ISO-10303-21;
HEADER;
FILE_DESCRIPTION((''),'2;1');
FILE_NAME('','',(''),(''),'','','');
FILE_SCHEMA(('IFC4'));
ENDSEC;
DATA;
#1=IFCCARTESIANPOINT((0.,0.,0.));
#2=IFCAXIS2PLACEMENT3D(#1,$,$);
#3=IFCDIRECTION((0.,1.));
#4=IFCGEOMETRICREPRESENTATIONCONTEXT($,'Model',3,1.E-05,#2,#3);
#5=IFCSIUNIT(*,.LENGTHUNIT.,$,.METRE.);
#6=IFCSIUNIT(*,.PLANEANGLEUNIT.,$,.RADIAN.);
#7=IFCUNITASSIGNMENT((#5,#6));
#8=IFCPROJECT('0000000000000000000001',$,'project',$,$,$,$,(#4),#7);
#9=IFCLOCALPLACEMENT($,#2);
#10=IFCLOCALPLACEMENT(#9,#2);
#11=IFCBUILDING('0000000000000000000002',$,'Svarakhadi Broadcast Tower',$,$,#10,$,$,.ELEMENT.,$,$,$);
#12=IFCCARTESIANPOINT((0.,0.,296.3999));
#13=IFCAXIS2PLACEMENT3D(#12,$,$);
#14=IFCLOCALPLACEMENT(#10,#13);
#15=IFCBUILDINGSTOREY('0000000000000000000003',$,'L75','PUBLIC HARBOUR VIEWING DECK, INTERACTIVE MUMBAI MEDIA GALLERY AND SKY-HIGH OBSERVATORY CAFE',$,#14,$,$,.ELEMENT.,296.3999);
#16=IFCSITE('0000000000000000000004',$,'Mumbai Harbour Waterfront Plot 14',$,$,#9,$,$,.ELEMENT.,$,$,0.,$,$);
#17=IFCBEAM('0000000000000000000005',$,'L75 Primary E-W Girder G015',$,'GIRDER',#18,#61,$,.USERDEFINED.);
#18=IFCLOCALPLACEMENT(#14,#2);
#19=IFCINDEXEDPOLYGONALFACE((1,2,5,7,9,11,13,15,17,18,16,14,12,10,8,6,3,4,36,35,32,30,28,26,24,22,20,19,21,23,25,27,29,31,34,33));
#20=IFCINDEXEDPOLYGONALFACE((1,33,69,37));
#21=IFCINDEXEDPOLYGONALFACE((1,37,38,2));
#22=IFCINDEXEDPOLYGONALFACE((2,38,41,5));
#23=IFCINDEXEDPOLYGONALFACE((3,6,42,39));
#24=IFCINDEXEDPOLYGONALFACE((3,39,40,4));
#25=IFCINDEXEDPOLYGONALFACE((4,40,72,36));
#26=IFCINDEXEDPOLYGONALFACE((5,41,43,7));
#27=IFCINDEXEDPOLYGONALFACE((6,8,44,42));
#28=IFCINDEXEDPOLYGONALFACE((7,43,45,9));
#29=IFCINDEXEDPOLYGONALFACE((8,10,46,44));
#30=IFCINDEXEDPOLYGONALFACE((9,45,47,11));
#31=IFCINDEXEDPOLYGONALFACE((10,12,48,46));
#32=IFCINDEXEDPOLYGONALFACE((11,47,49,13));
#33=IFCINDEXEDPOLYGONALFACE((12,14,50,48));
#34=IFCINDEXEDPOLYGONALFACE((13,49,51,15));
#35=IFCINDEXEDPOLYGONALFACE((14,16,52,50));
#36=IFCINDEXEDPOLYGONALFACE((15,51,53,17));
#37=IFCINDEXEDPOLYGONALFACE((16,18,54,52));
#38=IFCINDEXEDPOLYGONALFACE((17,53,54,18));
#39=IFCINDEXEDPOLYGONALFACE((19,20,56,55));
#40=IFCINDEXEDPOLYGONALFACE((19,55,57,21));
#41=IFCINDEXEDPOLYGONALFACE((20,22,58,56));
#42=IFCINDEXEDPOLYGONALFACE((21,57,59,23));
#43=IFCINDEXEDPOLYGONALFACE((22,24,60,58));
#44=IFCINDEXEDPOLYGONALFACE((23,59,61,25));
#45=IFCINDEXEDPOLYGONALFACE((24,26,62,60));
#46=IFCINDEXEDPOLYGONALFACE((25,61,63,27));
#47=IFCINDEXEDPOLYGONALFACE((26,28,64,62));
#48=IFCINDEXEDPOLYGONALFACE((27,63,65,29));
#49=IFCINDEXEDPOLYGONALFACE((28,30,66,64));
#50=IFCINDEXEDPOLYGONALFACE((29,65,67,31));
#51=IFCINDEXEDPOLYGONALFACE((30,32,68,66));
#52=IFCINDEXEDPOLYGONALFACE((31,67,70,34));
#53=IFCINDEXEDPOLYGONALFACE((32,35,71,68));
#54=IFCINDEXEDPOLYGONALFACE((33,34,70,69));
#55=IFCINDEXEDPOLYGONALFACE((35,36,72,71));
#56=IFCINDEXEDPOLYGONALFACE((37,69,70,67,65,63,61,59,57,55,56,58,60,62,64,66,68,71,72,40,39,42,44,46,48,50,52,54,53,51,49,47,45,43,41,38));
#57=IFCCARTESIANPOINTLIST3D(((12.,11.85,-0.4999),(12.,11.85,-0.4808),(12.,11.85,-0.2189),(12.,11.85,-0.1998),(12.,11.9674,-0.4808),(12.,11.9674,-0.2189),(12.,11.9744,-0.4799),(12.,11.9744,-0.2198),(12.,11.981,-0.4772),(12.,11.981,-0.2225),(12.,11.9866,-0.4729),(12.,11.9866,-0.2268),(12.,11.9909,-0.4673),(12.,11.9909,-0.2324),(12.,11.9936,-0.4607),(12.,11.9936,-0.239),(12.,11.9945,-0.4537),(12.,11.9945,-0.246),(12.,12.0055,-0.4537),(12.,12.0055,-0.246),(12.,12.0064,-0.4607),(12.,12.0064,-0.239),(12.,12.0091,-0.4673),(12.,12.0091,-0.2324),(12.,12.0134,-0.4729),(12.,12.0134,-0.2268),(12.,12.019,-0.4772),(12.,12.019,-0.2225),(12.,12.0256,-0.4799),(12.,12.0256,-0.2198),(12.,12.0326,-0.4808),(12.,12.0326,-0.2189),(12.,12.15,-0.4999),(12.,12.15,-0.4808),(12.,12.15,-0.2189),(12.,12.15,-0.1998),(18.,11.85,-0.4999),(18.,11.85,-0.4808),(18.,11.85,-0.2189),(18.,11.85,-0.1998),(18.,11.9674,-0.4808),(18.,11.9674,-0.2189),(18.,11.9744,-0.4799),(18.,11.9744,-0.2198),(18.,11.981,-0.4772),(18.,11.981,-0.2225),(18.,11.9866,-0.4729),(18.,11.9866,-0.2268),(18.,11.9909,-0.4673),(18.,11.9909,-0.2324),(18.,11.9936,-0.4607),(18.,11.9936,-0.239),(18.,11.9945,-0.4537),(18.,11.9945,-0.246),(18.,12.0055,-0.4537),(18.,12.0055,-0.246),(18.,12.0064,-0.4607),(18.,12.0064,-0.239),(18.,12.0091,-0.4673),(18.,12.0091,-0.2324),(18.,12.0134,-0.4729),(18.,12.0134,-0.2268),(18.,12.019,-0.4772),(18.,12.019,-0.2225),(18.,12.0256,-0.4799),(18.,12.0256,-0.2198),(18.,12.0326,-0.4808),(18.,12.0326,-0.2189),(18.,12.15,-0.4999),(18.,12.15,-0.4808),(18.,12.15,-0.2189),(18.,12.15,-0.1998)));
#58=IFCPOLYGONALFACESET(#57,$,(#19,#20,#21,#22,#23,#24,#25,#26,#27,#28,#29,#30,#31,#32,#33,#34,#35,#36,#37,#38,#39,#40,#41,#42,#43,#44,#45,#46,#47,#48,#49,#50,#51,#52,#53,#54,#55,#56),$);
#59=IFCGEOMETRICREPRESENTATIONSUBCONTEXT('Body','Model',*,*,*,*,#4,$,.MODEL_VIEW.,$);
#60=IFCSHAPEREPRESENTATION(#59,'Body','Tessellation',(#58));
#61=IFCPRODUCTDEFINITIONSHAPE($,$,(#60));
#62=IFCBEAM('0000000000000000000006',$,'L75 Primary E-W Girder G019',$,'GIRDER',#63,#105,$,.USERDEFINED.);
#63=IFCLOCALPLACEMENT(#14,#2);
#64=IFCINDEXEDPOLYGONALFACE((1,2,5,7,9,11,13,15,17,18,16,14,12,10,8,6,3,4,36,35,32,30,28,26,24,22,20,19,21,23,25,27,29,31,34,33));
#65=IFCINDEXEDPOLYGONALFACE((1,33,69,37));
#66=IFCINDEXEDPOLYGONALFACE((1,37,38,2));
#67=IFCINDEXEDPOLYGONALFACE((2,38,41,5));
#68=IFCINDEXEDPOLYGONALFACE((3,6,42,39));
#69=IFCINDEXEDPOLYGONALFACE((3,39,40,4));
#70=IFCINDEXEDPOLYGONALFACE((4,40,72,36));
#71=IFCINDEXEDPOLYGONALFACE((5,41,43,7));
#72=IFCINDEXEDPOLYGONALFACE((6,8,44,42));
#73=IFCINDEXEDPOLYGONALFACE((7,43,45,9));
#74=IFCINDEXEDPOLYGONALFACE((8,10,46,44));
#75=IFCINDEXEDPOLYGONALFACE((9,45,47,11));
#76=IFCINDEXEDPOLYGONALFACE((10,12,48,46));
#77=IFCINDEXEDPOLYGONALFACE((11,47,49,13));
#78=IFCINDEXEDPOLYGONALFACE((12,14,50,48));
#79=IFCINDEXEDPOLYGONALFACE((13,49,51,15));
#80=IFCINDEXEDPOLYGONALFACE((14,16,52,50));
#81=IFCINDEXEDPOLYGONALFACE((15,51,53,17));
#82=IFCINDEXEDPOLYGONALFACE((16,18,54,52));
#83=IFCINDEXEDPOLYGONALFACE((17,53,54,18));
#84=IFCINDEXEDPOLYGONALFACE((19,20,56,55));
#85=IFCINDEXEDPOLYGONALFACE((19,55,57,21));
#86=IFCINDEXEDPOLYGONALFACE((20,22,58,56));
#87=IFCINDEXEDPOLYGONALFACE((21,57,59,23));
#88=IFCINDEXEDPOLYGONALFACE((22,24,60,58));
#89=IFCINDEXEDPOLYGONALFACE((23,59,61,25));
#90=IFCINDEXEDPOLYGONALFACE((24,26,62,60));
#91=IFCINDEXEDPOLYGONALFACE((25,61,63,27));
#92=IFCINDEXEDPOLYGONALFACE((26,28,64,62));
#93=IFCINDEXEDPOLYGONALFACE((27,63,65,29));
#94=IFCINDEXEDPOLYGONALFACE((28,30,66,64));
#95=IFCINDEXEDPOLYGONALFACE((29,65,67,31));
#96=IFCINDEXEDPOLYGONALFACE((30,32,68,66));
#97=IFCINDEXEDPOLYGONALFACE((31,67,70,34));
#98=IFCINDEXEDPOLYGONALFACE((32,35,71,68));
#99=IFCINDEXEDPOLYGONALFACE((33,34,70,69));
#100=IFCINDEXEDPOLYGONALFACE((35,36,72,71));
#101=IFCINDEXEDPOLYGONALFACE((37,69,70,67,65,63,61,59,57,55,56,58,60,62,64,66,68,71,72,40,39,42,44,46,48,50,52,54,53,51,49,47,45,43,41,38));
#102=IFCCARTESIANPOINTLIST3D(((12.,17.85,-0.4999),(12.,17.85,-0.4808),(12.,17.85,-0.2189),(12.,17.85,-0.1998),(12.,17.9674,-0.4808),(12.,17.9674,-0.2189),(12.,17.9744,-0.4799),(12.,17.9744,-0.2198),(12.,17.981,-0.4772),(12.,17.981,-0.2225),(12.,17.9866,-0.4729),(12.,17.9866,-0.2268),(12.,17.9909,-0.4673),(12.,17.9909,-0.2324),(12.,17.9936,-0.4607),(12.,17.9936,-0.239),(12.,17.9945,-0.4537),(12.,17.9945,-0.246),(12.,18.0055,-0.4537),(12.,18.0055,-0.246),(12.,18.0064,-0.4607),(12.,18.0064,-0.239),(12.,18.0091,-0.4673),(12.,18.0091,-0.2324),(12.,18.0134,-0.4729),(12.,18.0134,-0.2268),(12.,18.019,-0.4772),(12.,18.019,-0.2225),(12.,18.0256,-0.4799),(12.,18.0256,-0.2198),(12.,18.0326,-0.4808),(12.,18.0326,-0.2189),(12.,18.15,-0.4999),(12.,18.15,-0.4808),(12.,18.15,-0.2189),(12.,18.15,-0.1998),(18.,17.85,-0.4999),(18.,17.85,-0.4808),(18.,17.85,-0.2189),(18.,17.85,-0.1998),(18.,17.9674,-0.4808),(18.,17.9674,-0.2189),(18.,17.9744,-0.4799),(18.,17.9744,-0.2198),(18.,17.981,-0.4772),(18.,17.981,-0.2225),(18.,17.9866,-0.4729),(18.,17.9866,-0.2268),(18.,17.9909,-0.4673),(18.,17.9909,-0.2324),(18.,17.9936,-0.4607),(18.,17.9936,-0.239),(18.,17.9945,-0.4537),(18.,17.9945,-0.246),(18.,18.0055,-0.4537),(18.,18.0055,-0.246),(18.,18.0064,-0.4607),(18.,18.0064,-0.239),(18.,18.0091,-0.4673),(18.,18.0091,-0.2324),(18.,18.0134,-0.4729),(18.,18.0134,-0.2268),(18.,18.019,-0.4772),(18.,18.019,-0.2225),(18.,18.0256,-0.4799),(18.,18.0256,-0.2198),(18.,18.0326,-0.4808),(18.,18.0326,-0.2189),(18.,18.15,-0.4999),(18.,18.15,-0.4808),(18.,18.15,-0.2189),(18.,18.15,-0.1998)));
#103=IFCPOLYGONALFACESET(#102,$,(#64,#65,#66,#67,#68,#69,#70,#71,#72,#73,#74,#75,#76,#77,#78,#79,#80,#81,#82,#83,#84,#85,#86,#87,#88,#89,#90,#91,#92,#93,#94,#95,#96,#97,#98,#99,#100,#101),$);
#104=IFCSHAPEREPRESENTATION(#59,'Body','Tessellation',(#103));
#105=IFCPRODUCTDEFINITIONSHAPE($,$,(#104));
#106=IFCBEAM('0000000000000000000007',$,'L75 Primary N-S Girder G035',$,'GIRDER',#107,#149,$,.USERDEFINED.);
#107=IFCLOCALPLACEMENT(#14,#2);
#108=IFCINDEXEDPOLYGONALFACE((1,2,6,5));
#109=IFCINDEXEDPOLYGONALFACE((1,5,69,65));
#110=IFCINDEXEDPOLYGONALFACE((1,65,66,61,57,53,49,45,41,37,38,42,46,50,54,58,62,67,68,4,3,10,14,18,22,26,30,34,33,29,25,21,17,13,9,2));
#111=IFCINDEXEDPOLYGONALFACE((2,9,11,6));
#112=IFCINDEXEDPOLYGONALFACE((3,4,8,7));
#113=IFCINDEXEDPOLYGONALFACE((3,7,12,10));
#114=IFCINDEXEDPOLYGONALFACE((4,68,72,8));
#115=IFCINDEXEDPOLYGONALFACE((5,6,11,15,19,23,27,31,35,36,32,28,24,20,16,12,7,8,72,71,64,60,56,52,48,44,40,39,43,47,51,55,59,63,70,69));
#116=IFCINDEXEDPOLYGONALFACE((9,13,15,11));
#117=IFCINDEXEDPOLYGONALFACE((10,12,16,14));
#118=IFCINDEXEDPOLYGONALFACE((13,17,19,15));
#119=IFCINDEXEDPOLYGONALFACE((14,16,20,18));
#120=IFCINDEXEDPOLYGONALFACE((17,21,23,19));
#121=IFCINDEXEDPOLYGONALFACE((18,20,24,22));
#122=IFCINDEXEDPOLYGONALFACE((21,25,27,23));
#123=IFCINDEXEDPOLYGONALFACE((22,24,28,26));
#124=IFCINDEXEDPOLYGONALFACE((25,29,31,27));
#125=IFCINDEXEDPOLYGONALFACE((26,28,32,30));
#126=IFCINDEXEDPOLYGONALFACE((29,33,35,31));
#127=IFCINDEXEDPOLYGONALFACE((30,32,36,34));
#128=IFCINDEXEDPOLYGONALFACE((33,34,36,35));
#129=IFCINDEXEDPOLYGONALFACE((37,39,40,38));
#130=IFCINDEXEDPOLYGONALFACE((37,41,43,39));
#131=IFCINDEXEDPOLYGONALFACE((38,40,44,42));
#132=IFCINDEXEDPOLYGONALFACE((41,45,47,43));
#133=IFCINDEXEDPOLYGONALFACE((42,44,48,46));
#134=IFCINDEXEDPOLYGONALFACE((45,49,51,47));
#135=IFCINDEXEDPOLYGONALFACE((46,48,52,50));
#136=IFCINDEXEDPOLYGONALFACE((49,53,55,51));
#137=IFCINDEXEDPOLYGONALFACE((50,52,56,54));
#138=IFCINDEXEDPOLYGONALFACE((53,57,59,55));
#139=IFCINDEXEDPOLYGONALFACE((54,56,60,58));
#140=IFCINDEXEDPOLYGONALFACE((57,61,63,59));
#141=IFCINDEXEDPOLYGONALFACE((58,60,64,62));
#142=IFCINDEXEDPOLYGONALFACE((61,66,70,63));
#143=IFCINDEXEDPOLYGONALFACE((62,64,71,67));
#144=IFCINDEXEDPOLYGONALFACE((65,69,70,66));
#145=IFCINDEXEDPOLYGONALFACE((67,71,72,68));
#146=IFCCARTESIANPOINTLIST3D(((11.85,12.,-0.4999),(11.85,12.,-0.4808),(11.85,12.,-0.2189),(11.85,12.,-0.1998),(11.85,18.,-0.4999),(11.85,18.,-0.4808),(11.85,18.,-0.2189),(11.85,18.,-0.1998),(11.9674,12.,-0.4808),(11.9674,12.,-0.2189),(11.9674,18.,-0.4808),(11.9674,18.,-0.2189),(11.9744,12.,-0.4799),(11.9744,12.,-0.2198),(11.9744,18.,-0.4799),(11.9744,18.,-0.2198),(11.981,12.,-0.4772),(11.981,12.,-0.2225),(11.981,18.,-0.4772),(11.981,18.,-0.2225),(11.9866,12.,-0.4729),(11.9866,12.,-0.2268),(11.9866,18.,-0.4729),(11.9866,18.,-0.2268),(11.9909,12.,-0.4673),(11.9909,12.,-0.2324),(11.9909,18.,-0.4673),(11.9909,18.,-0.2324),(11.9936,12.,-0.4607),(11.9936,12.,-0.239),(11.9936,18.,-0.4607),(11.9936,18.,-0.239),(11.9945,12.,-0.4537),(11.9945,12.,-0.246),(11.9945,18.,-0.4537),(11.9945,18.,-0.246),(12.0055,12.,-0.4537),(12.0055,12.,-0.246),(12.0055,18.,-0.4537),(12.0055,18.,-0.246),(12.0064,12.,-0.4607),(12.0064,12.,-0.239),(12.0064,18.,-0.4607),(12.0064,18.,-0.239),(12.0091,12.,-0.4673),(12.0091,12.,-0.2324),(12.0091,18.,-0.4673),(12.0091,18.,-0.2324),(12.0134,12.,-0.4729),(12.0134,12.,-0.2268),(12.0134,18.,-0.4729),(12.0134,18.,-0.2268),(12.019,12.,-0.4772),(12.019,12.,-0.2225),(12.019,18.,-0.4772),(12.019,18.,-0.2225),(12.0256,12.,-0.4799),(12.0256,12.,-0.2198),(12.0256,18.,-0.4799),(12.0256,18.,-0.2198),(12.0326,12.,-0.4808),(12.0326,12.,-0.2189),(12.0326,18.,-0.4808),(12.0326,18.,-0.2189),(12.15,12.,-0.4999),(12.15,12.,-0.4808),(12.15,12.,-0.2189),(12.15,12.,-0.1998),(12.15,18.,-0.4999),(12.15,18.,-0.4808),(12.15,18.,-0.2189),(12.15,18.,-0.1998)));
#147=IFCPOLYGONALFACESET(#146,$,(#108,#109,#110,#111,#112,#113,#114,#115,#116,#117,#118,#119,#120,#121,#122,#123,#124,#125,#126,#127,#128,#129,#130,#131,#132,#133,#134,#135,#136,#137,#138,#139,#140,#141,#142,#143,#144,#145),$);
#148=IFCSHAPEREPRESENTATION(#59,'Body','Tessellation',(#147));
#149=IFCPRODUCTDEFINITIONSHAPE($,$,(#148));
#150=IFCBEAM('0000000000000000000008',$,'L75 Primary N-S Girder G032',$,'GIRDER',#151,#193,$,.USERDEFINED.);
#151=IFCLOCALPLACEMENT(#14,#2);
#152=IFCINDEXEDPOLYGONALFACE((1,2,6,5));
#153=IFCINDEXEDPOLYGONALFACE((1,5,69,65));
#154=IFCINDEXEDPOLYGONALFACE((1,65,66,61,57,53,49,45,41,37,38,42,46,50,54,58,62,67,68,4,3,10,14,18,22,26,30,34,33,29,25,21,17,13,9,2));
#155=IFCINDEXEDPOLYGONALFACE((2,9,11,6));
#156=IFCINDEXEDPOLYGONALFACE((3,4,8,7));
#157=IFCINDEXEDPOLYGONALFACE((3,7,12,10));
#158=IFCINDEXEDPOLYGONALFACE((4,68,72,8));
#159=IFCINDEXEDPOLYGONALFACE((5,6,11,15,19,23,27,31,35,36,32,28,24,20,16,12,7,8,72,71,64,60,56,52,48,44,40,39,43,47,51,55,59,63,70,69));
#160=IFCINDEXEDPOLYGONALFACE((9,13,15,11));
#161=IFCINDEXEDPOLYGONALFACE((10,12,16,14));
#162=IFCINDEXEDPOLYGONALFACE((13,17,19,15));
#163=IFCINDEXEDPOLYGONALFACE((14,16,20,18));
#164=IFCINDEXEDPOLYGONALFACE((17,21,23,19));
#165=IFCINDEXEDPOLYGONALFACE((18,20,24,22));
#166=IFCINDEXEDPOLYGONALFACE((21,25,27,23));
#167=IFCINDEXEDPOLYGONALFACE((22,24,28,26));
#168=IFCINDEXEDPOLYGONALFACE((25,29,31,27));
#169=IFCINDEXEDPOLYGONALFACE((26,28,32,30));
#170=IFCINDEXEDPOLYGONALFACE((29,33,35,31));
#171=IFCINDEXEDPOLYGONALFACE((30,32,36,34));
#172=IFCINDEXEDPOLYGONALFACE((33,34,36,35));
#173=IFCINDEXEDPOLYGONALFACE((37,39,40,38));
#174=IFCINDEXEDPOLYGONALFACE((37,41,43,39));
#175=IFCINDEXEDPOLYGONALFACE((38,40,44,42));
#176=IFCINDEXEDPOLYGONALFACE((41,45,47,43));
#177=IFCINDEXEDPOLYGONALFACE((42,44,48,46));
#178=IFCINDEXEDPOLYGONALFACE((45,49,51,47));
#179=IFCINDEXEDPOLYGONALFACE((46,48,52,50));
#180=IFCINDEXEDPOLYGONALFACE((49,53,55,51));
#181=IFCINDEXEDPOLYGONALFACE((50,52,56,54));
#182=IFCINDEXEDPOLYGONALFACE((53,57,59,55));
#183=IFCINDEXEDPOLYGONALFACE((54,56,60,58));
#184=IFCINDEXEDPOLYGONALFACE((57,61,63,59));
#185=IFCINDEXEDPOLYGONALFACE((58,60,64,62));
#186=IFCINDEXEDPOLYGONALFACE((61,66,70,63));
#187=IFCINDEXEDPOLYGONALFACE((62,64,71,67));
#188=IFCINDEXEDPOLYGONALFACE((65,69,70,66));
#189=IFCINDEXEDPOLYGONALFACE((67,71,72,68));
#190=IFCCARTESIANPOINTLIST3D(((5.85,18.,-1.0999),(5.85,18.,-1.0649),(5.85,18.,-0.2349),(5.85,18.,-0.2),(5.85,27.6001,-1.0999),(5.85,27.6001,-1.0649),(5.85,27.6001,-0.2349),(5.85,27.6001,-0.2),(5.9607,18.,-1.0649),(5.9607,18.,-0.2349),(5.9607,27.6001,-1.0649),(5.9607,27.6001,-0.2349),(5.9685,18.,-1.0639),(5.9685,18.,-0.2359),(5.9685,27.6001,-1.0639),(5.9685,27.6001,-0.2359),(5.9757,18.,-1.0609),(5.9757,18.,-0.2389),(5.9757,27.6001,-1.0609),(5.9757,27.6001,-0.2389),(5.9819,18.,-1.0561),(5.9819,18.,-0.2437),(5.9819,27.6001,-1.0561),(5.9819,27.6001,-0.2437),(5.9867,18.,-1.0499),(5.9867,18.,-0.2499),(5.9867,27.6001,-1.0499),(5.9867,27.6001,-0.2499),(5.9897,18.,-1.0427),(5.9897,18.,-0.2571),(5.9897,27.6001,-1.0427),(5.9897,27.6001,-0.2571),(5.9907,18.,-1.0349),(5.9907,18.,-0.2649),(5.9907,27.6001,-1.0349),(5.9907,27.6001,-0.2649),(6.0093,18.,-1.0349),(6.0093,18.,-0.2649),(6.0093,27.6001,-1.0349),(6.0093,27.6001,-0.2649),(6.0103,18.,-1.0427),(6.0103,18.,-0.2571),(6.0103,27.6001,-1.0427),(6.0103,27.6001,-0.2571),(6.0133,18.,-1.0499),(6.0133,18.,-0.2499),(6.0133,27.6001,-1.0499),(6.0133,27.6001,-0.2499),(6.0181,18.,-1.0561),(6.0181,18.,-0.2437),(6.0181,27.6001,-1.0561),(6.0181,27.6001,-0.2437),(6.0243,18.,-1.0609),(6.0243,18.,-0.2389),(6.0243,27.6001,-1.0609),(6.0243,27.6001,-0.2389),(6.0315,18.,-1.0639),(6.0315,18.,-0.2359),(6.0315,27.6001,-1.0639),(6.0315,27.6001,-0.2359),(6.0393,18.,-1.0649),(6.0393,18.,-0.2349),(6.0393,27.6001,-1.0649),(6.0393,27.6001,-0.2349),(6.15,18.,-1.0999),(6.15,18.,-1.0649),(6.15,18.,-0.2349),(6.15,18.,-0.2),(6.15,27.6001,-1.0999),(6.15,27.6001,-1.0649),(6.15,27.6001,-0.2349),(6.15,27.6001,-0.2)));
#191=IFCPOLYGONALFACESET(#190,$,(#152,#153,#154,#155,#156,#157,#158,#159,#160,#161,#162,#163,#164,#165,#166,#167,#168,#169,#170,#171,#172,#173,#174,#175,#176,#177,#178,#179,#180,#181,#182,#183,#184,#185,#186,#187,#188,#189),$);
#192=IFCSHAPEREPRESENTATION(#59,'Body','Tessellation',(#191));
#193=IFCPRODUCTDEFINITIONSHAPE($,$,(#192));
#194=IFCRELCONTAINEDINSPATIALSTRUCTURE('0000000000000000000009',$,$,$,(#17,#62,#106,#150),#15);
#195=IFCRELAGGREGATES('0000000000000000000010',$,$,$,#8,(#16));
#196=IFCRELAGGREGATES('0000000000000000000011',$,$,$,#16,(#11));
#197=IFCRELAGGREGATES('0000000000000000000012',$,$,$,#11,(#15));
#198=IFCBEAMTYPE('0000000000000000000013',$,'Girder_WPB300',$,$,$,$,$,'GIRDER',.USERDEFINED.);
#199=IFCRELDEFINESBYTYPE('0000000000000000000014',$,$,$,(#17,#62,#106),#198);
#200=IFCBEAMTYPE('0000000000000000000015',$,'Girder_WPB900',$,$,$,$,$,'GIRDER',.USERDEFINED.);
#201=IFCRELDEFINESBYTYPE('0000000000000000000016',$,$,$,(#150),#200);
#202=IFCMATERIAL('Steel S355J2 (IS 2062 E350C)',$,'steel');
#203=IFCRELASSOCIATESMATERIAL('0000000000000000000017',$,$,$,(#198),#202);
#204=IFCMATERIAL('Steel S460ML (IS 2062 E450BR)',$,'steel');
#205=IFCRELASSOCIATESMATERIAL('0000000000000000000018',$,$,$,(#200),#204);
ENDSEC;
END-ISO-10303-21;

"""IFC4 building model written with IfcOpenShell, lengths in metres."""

from ifc_helpers import new_model, si_unit, direction, frame, origin, origin_2d, place, context, subcontext, project, spatial, i_section, extrude, material, material_profile, profile_set, type_object, element, save


model = new_model("IFC4")

# Units and contexts
model_context = context("Model", 3, precision=1e-05, world=origin(), true_north=direction((0.0, 1.0)))
body_context = subcontext(model_context, "Body", "Model", "MODEL_VIEW")
ifc_project = project(units=[si_unit("LENGTHUNIT", "METRE"), si_unit("PLANEANGLEUNIT", "RADIAN")], contexts=[model_context])

# Site, building, storey
site_placement = place(None, origin())
site = spatial("IfcSite", under=ifc_project, at=site_placement, Name="Mumbai Harbour Waterfront Plot 14", CompositionType="ELEMENT", RefElevation=0.0)
building_placement = place(site_placement, origin())
building = spatial("IfcBuilding", under=site, at=building_placement, Name="Svarakhadi Broadcast Tower", CompositionType="ELEMENT")
storey_placement = place(building_placement, frame((0.0, 0.0, 296.3999)))
storey = spatial("IfcBuildingStorey", under=building, at=storey_placement, Name="L75", Description="PUBLIC HARBOUR VIEWING DECK, INTERACTIVE MUMBAI MEDIA GALLERY AND SKY-HIGH OBSERVATORY CAFE", CompositionType="ELEMENT", Elevation=296.3999)

# Shared definitions
ifc_material_1 = material(Name="Steel S460ML (IS 2062 E450BR)", Category="steel")

# Beams
ifc_material_2 = material(Name="Steel S355J2 (IS 2062 E350C)", Category="steel")
ifc_material_profile_1 = material_profile(ifc_material_2, i_section(OverallWidth=0.3, OverallDepth=0.3, WebThickness=0.011, FlangeThickness=0.019, FilletRadius=0.0271, at=origin_2d()), Name="WPB 300x300x117")
ifc_profile_set_1 = profile_set([ifc_material_profile_1], Name="Steel S355J2 (IS 2062 E350C)")
beam_type_1 = type_object("IfcBeamType", Name="Girder_WPB300", ElementType="GIRDER", PredefinedType="USERDEFINED", material=ifc_profile_set_1)
for number, where, z_axis, x_axis, name in (
    (1, (12.0, 12.0, -0.3499), (1.0, 0.0, 0.0), (0.0, 1.0, 0.0), "L75 Primary E-W Girder G015"),
    (2, (12.0, 18.0, -0.3499), (1.0, 0.0, 0.0), (0.0, 1.0, 0.0), "L75 Primary E-W Girder G019"),
    (3, (12.0, 12.0, -0.3499), (0.0, 1.0, 0.0), (-1.0, 0.0, 0.0), "L75 Primary N-S Girder G035"),
):
    element("IfcBeam", number, at=place(storey_placement, frame(where, z_axis=z_axis, x_axis=x_axis)), inside=storey, type_object=beam_type_1, Name=name, ObjectType="GIRDER", PredefinedType="USERDEFINED", context=body_context, shape_type="SweptSolid", body=[
        extrude(i_section(OverallWidth=0.3, OverallDepth=0.3, WebThickness=0.011, FlangeThickness=0.019, FilletRadius=0.0271, at=origin_2d()), origin(), (0.0, 0.0, 1.0), 6.0),
    ])
ifc_material_profile_2 = material_profile(ifc_material_1, i_section(OverallWidth=0.3, OverallDepth=0.8999, WebThickness=0.0186, FlangeThickness=0.0349, FilletRadius=0.03, at=origin_2d()), Name="WPB 900x300x291")
ifc_profile_set_2 = profile_set([ifc_material_profile_2], Name="Steel S460ML (IS 2062 E450BR)")
beam_type_2 = type_object("IfcBeamType", Name="Girder_WPB900", ElementType="GIRDER", PredefinedType="USERDEFINED", material=ifc_profile_set_2)
beam_1_placement = place(storey_placement, frame((6.0, 18.0, -0.6499), z_axis=(0.0, 1.0, 0.0), x_axis=(-1.0, 0.0, 0.0)))
element("IfcBeam", 4, at=beam_1_placement, inside=storey, type_object=beam_type_2, Name="L75 Primary N-S Girder G032", ObjectType="GIRDER", PredefinedType="USERDEFINED", context=body_context, shape_type="SweptSolid", body=[
    extrude(i_section(OverallWidth=0.3, OverallDepth=0.8999, WebThickness=0.0186, FlangeThickness=0.0349, FilletRadius=0.03, at=origin_2d()), origin(), (0.0, 0.0, 1.0), 9.6001),
])

save(model, "model.ifc")
